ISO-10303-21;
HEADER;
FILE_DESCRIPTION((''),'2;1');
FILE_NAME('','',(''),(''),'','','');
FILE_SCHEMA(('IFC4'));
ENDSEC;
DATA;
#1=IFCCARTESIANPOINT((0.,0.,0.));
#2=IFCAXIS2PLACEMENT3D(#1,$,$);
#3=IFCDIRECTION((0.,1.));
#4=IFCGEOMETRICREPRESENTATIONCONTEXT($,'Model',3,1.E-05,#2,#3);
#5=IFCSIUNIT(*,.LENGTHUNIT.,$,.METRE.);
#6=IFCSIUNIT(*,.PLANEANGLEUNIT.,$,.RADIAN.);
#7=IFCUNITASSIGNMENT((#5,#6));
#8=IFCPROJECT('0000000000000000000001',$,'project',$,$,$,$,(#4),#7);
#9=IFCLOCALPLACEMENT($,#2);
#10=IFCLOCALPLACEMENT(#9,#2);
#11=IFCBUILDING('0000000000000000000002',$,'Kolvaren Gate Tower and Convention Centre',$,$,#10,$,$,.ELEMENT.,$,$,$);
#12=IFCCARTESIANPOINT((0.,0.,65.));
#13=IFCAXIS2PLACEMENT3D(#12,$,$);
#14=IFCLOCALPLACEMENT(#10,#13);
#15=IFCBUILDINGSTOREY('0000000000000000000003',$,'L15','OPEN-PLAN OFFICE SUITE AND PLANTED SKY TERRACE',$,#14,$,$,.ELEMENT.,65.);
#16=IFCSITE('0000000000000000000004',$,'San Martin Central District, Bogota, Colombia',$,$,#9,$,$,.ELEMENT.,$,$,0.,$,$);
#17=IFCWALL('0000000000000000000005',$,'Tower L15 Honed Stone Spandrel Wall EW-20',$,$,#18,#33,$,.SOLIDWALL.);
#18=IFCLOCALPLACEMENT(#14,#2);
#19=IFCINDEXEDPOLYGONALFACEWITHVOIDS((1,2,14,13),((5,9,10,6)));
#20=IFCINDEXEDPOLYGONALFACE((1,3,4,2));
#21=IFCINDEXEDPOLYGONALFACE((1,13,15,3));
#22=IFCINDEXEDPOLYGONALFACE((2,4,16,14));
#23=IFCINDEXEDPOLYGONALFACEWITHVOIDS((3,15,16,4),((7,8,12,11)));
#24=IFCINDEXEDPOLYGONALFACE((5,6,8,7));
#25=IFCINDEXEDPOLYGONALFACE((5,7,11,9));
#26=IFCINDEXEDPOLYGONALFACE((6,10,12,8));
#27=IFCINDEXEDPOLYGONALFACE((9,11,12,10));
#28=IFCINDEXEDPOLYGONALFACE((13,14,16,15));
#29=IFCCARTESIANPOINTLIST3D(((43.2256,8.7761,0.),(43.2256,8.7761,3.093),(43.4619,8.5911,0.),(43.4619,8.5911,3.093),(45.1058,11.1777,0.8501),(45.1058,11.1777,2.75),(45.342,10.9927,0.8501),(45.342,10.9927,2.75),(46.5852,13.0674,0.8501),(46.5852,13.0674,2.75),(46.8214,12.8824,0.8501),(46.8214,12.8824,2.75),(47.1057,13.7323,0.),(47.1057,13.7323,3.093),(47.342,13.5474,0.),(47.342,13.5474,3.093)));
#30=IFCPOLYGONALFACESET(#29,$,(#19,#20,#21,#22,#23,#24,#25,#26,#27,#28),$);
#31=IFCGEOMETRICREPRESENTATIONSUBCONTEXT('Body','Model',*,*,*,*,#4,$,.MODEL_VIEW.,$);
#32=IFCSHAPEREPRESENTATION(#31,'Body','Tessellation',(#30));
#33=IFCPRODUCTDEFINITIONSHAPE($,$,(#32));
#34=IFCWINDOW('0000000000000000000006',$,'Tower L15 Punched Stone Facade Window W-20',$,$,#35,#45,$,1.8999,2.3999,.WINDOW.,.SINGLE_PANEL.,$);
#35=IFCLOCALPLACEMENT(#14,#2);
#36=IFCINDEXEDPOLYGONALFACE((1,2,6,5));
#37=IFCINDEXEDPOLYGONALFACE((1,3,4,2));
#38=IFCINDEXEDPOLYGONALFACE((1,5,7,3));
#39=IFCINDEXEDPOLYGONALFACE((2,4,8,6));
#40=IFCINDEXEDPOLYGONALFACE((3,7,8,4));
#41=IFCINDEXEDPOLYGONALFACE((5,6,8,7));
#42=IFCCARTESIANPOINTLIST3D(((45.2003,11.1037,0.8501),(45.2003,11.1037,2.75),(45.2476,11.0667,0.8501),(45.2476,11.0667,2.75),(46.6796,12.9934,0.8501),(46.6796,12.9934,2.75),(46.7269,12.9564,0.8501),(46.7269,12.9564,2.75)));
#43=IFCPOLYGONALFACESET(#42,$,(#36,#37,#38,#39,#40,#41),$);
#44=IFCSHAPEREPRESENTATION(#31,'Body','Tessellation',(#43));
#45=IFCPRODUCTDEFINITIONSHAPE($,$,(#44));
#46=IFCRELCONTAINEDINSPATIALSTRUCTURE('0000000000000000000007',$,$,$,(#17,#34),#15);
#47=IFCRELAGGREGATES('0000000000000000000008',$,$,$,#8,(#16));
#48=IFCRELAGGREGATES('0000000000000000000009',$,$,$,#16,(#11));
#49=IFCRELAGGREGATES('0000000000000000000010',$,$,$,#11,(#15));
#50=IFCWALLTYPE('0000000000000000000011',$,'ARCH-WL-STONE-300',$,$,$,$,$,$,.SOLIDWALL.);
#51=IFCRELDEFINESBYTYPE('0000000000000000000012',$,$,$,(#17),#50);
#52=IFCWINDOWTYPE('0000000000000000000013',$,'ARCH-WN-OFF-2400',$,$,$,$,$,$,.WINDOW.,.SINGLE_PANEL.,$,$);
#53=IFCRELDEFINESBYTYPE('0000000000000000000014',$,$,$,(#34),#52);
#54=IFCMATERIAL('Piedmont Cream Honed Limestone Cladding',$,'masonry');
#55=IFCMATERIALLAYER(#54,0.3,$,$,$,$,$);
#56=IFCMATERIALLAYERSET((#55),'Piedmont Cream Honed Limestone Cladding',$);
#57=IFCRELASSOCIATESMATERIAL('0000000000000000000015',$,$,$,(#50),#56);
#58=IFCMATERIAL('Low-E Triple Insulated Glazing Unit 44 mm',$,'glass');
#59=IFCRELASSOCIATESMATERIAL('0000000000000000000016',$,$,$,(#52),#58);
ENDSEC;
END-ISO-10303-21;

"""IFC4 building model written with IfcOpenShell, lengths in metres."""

from ifc_helpers import new_model, si_unit, direction, frame, frame_2d, origin, place, context, subcontext, project, spatial, rectangle, extrude, material, layer, layer_set, type_object, element, fill, save


model = new_model("IFC4")

# Units and contexts
model_context = context("Model", 3, precision=1e-05, world=origin(), true_north=direction((0.0, 1.0)))
body_context = subcontext(model_context, "Body", "Model", "MODEL_VIEW")
ifc_project = project(units=[si_unit("LENGTHUNIT", "METRE"), si_unit("PLANEANGLEUNIT", "RADIAN")], contexts=[model_context])

# Site, building, storey
site_placement = place(None, origin())
site = spatial("IfcSite", under=ifc_project, at=site_placement, Name="San Martin Central District, Bogota, Colombia", CompositionType="ELEMENT", RefElevation=0.0)
building_placement = place(site_placement, origin())
building = spatial("IfcBuilding", under=site, at=building_placement, Name="Kolvaren Gate Tower and Convention Centre", CompositionType="ELEMENT")
storey_placement = place(building_placement, frame((0.0, 0.0, 65.0)))
storey = spatial("IfcBuildingStorey", under=building, at=storey_placement, Name="L15", Description="OPEN-PLAN OFFICE SUITE AND PLANTED SKY TERRACE", CompositionType="ELEMENT", Elevation=65.0)

# Wall, opening, window
ifc_material_1 = material(Name="Piedmont Cream Honed Limestone Cladding", Category="masonry")
ifc_layer_1 = layer(ifc_material_1, 0.3)
ifc_layer_set_1 = layer_set([ifc_layer_1], Name="Piedmont Cream Honed Limestone Cladding")
wall_type_1 = type_object("IfcWallType", Name="ARCH-WL-STONE-300", PredefinedType="SOLIDWALL", material=ifc_layer_set_1)
wall_1_placement = place(storey_placement, frame((43.3438, 8.6836, 0.0), z_axis=(0.0, 0.0, 1.0), x_axis=(0.616435, 0.787406, 0.0)))
wall_1 = element("IfcWall", 1, at=wall_1_placement, inside=storey, type_object=wall_type_1, Name="Tower L15 Honed Stone Spandrel Wall EW-20", PredefinedType="SOLIDWALL", context=body_context, shape_type="SweptSolid", body=[
    extrude(rectangle(XDim=6.2944, YDim=0.3, at=frame_2d((3.1472, 0.0))), origin(), (0.0, 0.0, 1.0), 3.093),
])
opening_1_placement = place(wall_1_placement, frame((3.05, 0.0, 0.8501)))
opening_1 = element("IfcOpeningElement", 2, at=opening_1_placement, cuts=wall_1, PredefinedType="OPENING", context=body_context, shape_type="SweptSolid", body=[
    extrude(rectangle(XDim=2.3999, YDim=1.8999, at=frame_2d((1.2, 0.95))), frame((0.0, 0.1599, 0.0), z_axis=(0.0, -1.0, 0.0), x_axis=(1.0, 0.0, 0.0)), (0.0, 0.0, 1.0), 0.3201),
])
ifc_material_2 = material(Name="Low-E Triple Insulated Glazing Unit 44 mm", Category="glass")
window_type = type_object("IfcWindowType", Name="ARCH-WN-OFF-2400", PartitioningType="SINGLE_PANEL", PredefinedType="WINDOW", material=ifc_material_2)
window_placement = place(opening_1_placement, origin())
window = element("IfcWindow", 3, at=window_placement, inside=storey, type_object=window_type, Name="Tower L15 Punched Stone Facade Window W-20", OverallHeight=1.8999, OverallWidth=2.3999, PartitioningType="SINGLE_PANEL", PredefinedType="WINDOW", context=body_context, shape_type="SweptSolid", body=[
    extrude(rectangle(XDim=2.3999, YDim=1.8999, at=frame_2d((1.2, 0.95))), frame((0.0, 0.03, 0.0), z_axis=(0.0, -1.0, 0.0), x_axis=(1.0, 0.0, 0.0)), (0.0, 0.0, 1.0), 0.0601),
])
fill(opening_1, window)

save(model, "model.ifc")
